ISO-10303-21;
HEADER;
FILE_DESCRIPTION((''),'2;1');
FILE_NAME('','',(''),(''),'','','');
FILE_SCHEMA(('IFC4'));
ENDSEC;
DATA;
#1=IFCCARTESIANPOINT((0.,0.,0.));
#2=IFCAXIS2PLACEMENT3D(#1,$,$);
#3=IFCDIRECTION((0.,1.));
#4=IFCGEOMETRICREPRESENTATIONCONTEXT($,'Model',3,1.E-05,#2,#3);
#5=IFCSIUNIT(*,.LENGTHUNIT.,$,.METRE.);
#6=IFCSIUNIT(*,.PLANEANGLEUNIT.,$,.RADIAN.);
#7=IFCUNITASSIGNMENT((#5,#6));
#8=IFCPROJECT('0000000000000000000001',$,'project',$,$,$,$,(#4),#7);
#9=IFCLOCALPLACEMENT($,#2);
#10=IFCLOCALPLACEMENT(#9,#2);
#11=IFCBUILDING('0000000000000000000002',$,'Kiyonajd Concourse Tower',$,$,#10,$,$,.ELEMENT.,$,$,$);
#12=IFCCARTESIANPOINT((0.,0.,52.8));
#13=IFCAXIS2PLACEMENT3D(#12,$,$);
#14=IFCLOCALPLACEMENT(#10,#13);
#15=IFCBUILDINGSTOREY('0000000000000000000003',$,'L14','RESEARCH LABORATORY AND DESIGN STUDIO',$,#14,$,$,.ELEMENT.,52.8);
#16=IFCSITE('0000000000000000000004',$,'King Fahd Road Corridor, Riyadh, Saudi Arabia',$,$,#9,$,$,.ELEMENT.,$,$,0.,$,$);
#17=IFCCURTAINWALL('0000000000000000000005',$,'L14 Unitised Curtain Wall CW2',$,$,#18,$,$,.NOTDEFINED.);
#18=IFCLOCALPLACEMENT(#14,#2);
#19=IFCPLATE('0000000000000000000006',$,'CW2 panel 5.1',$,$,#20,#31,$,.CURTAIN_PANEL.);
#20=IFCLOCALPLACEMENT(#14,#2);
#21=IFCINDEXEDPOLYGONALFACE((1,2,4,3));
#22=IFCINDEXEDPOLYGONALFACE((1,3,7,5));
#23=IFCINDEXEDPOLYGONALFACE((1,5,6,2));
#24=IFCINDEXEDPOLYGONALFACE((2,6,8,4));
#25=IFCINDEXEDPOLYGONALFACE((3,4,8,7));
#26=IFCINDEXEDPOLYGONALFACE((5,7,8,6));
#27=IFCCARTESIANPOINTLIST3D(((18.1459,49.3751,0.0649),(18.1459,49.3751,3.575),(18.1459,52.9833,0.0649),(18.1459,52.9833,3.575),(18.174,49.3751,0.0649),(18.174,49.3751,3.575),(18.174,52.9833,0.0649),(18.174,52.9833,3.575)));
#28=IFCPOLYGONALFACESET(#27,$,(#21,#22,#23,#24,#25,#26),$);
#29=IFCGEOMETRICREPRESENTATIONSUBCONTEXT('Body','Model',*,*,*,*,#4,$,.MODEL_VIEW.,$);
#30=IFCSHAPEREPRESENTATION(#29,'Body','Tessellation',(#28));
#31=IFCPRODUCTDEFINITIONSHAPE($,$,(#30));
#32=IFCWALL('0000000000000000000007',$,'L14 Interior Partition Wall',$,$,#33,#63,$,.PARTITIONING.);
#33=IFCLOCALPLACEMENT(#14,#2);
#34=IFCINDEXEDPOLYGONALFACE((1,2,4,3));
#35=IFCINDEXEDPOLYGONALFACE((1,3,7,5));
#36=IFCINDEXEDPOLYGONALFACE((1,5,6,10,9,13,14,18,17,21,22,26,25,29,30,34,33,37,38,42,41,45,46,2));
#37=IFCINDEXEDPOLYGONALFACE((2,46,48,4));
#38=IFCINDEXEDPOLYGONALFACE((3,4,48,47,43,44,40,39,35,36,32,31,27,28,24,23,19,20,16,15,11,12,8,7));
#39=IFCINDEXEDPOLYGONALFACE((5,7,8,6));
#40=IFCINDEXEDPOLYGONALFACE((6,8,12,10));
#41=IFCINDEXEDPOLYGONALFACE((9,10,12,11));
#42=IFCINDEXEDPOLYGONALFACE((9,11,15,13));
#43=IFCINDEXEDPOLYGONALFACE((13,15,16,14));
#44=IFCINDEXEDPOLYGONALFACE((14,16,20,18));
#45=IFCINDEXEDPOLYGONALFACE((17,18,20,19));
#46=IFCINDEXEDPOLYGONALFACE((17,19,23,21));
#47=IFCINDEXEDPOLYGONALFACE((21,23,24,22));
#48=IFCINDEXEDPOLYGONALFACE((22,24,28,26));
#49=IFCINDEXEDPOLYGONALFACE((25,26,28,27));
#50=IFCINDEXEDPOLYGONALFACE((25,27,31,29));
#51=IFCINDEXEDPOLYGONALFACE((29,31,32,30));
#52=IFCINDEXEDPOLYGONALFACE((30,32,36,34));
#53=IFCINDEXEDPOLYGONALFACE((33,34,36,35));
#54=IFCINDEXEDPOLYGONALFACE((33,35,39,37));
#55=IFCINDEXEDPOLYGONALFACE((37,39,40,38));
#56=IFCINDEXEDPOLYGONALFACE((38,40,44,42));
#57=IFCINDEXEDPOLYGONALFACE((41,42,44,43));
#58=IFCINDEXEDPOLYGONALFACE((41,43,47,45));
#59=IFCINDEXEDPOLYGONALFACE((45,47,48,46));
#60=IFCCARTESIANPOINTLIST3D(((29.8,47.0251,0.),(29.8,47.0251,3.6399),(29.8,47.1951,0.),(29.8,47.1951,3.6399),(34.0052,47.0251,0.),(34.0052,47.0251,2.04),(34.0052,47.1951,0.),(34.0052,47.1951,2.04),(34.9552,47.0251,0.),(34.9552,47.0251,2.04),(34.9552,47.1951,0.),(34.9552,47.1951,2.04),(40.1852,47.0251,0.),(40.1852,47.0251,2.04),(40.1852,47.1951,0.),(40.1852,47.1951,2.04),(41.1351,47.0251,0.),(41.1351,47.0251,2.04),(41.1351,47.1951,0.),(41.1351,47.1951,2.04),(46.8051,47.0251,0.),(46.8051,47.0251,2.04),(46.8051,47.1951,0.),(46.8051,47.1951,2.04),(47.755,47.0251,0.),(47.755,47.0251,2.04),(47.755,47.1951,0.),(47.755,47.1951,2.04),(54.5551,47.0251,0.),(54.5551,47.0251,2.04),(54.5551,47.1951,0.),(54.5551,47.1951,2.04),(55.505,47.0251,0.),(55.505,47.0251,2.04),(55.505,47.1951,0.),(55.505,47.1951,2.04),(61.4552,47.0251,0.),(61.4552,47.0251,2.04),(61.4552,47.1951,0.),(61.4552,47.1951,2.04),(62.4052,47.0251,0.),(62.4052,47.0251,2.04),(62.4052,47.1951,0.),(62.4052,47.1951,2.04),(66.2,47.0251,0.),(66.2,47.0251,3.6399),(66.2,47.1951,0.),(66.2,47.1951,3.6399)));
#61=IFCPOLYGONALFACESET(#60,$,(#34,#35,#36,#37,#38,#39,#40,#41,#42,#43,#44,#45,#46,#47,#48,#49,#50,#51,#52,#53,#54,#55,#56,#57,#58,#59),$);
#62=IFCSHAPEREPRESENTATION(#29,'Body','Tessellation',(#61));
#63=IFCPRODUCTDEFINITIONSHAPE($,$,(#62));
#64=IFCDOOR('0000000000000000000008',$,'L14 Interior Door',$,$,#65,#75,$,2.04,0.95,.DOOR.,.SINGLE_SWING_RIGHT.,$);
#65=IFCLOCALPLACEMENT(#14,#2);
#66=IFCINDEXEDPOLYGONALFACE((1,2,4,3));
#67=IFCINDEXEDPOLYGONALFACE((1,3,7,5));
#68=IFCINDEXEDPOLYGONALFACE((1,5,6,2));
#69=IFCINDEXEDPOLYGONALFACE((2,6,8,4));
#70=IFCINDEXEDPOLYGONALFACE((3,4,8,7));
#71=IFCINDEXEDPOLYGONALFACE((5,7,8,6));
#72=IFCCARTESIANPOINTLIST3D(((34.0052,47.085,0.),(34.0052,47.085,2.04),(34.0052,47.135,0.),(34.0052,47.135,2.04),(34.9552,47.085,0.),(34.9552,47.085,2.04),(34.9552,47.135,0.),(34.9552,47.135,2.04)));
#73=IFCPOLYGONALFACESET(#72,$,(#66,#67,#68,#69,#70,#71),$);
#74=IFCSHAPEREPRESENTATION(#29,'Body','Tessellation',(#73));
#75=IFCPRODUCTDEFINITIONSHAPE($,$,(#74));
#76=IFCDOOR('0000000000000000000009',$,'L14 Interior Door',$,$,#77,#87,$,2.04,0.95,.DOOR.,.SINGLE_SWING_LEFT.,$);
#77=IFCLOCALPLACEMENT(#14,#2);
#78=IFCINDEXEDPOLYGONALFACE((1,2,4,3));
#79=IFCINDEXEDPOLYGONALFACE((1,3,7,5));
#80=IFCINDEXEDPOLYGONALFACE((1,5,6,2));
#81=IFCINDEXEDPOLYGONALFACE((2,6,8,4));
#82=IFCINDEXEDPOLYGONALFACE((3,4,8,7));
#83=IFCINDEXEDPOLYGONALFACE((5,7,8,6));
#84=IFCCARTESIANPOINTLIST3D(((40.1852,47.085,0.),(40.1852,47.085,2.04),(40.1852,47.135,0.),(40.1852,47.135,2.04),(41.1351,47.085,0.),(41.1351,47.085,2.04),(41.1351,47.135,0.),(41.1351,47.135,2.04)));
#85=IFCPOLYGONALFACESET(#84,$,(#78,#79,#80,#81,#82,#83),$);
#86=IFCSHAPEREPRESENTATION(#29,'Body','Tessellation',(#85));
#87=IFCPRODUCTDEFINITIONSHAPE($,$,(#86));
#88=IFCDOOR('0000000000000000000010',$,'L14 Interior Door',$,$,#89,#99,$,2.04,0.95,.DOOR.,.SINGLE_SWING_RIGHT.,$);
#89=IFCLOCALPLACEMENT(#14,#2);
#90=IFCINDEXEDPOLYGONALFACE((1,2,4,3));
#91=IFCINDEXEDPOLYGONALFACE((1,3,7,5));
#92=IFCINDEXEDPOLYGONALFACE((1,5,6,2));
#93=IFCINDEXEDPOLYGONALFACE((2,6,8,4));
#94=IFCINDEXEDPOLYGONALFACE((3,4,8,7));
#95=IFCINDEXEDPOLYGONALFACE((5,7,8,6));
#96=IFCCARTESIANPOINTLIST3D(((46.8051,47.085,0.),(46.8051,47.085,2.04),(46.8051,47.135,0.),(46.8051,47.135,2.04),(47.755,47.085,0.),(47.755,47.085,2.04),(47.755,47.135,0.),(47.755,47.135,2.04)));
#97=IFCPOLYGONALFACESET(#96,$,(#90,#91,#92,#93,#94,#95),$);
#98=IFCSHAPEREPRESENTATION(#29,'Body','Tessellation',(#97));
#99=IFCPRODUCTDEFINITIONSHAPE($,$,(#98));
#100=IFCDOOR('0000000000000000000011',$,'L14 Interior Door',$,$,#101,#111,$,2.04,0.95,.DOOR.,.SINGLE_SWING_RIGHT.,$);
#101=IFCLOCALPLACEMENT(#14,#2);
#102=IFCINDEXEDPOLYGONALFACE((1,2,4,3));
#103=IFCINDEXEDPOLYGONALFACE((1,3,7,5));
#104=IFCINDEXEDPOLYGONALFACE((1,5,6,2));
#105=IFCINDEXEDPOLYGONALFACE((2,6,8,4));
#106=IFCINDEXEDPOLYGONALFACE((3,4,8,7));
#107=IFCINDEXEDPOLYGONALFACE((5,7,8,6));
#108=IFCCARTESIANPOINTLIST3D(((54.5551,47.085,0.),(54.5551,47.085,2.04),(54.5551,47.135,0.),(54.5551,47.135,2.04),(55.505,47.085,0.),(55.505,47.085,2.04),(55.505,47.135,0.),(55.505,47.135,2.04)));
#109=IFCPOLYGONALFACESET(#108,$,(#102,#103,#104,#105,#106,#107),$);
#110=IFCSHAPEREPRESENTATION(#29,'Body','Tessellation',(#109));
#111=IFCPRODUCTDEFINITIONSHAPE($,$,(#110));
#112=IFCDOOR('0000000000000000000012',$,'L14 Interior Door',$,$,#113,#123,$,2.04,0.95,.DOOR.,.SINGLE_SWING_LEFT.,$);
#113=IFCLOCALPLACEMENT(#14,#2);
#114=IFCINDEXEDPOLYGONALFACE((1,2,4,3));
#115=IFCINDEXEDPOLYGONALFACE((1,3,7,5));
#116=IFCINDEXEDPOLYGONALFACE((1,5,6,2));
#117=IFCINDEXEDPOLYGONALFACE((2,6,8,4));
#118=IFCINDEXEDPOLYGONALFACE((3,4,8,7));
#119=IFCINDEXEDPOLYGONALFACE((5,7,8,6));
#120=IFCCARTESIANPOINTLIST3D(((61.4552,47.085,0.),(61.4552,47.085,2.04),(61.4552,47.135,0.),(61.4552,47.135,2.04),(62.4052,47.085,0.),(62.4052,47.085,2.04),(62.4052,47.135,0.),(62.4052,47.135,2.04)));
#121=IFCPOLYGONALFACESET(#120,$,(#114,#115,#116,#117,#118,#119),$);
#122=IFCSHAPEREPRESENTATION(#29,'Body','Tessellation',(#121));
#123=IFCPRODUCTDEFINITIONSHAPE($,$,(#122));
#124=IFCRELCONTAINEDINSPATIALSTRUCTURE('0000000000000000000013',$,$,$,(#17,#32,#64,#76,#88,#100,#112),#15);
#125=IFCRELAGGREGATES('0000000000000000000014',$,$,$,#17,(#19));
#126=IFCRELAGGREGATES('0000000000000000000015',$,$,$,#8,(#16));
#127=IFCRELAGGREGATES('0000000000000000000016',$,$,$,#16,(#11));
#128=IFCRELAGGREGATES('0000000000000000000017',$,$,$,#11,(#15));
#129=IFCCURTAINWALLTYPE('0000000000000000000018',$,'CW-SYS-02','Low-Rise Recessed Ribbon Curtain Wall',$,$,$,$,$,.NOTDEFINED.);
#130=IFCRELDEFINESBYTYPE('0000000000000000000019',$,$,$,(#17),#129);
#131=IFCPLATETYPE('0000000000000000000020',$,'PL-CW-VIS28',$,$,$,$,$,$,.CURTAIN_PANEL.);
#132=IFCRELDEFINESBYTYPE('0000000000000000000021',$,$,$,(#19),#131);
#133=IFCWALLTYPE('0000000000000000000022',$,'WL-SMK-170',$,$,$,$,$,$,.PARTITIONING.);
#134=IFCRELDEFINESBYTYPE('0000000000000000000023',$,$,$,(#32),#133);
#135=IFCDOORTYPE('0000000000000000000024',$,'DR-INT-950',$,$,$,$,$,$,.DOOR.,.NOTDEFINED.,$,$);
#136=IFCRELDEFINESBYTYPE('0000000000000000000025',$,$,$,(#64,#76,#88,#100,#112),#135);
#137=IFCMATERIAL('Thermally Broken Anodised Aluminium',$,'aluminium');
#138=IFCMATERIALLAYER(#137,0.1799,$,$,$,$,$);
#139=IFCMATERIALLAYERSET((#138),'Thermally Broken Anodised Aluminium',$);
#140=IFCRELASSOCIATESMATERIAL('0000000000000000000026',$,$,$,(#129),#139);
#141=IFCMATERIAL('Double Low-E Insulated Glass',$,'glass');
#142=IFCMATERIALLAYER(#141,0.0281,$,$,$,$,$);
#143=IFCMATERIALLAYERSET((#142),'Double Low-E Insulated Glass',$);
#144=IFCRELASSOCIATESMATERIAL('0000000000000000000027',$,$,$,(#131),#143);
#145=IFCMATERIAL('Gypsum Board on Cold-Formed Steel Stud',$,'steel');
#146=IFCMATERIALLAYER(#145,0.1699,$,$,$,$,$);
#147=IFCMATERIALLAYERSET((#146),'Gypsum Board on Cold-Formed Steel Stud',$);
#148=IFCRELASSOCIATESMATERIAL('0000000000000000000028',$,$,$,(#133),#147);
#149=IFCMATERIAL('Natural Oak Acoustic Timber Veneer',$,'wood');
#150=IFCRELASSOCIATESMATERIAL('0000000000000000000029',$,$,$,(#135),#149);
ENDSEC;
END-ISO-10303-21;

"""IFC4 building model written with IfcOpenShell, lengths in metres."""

from ifc_helpers import new_model, si_unit, direction, frame, frame_2d, origin, origin_2d, place, context, subcontext, project, spatial, rectangle, extrude, material, layer, layer_set, type_object, element, fill, aggregate, save


model = new_model("IFC4")

# Units and contexts
model_context = context("Model", 3, precision=1e-05, world=origin(), true_north=direction((0.0, 1.0)))
body_context = subcontext(model_context, "Body", "Model", "MODEL_VIEW")
ifc_project = project(units=[si_unit("LENGTHUNIT", "METRE"), si_unit("PLANEANGLEUNIT", "RADIAN")], contexts=[model_context])

# Site, building, storey
site_placement = place(None, origin())
site = spatial("IfcSite", under=ifc_project, at=site_placement, Name="King Fahd Road Corridor, Riyadh, Saudi Arabia", CompositionType="ELEMENT", RefElevation=0.0)
building_placement = place(site_placement, origin())
building = spatial("IfcBuilding", under=site, at=building_placement, Name="Kiyonajd Concourse Tower", CompositionType="ELEMENT")
storey_placement = place(building_placement, frame((0.0, 0.0, 52.8)))
storey = spatial("IfcBuildingStorey", under=building, at=storey_placement, Name="L14", Description="RESEARCH LABORATORY AND DESIGN STUDIO", CompositionType="ELEMENT", Elevation=52.8)

# Curtain wall, plate
ifc_material_1 = material(Name="Thermally Broken Anodised Aluminium", Category="aluminium")
ifc_layer_1 = layer(ifc_material_1, 0.1799)
ifc_layer_set_1 = layer_set([ifc_layer_1], Name="Thermally Broken Anodised Aluminium")
curtain_wall_type = type_object("IfcCurtainWallType", Name="CW-SYS-02", Description="Low-Rise Recessed Ribbon Curtain Wall", PredefinedType="NOTDEFINED", material=ifc_layer_set_1)
curtain_wall_placement = place(storey_placement, origin())
curtain_wall = element("IfcCurtainWall", 1, at=curtain_wall_placement, inside=storey, type_object=curtain_wall_type, Name="L14 Unitised Curtain Wall CW2", PredefinedType="NOTDEFINED")
ifc_material_2 = material(Name="Double Low-E Insulated Glass", Category="glass")
ifc_layer_2 = layer(ifc_material_2, 0.0281)
ifc_layer_set_2 = layer_set([ifc_layer_2], Name="Double Low-E Insulated Glass")
plate_type = type_object("IfcPlateType", Name="PL-CW-VIS28", PredefinedType="CURTAIN_PANEL", material=ifc_layer_set_2)
plate_1_placement = place(storey_placement, frame((18.1599, 51.1792, 0.0649), z_axis=(0.0, 0.0, 1.0), x_axis=(0.0, 1.0, 0.0)))
plate_1 = element("IfcPlate", 2, at=plate_1_placement, type_object=plate_type, Name="CW2 panel 5.1", PredefinedType="CURTAIN_PANEL", context=body_context, shape_type="SweptSolid", body=[
    extrude(rectangle(XDim=3.6082, YDim=0.0281, at=origin_2d()), origin(), (0.0, 0.0, 1.0), 3.51),
])
aggregate(curtain_wall, [plate_1])

# Wall, openings, doors
ifc_material_3 = material(Name="Gypsum Board on Cold-Formed Steel Stud", Category="steel")
ifc_layer_3 = layer(ifc_material_3, 0.1699)
ifc_layer_set_3 = layer_set([ifc_layer_3], Name="Gypsum Board on Cold-Formed Steel Stud")
wall_type = type_object("IfcWallType", Name="WL-SMK-170", PredefinedType="PARTITIONING", material=ifc_layer_set_3)
wall_placement = place(storey_placement, frame((29.8, 47.1101, 0.0), z_axis=(0.0, 0.0, 1.0), x_axis=(1.0, 0.0, 0.0)))
wall = element("IfcWall", 3, at=wall_placement, inside=storey, type_object=wall_type, Name="L14 Interior Partition Wall", PredefinedType="PARTITIONING", context=body_context, shape_type="SweptSolid", body=[
    extrude(rectangle(XDim=36.3999, YDim=0.1699, at=frame_2d((18.2, 0.0))), origin(), (0.0, 0.0, 1.0), 3.6399),
])
opening_1_placement = place(wall_placement, frame((4.2051, 0.0, 0.0)))
opening_1 = element("IfcOpeningElement", 4, at=opening_1_placement, cuts=wall, PredefinedType="OPENING", context=body_context, shape_type="SweptSolid", body=[
    extrude(rectangle(XDim=0.95, YDim=2.04, at=frame_2d((0.4751, 1.02))), frame((0.0, 0.095, 0.0), z_axis=(0.0, -1.0, 0.0), x_axis=(1.0, 0.0, 0.0)), (0.0, 0.0, 1.0), 0.1899),
])
opening_2_placement = place(wall_placement, frame((10.385, 0.0, 0.0)))
opening_2 = element("IfcOpeningElement", 5, at=opening_2_placement, cuts=wall, PredefinedType="OPENING", context=body_context, shape_type="SweptSolid", body=[
    extrude(rectangle(XDim=0.95, YDim=2.04, at=frame_2d((0.4751, 1.02))), frame((0.0, 0.095, 0.0), z_axis=(0.0, -1.0, 0.0), x_axis=(1.0, 0.0, 0.0)), (0.0, 0.0, 1.0), 0.1899),
])
opening_3_placement = place(wall_placement, frame((17.0049, 0.0, 0.0)))
opening_3 = element("IfcOpeningElement", 6, at=opening_3_placement, cuts=wall, PredefinedType="OPENING", context=body_context, shape_type="SweptSolid", body=[
    extrude(rectangle(XDim=0.95, YDim=2.04, at=frame_2d((0.4751, 1.02))), frame((0.0, 0.095, 0.0), z_axis=(0.0, -1.0, 0.0), x_axis=(1.0, 0.0, 0.0)), (0.0, 0.0, 1.0), 0.1899),
])
opening_4_placement = place(wall_placement, frame((24.7549, 0.0, 0.0)))
opening_4 = element("IfcOpeningElement", 7, at=opening_4_placement, cuts=wall, PredefinedType="OPENING", context=body_context, shape_type="SweptSolid", body=[
    extrude(rectangle(XDim=0.95, YDim=2.04, at=frame_2d((0.4751, 1.02))), frame((0.0, 0.095, 0.0), z_axis=(0.0, -1.0, 0.0), x_axis=(1.0, 0.0, 0.0)), (0.0, 0.0, 1.0), 0.1899),
])
opening_5_placement = place(wall_placement, frame((31.655, 0.0, 0.0)))
opening_5 = element("IfcOpeningElement", 8, at=opening_5_placement, cuts=wall, PredefinedType="OPENING", context=body_context, shape_type="SweptSolid", body=[
    extrude(rectangle(XDim=0.95, YDim=2.04, at=frame_2d((0.4751, 1.02))), frame((0.0, 0.095, 0.0), z_axis=(0.0, -1.0, 0.0), x_axis=(1.0, 0.0, 0.0)), (0.0, 0.0, 1.0), 0.1899),
])
ifc_material_4 = material(Name="Natural Oak Acoustic Timber Veneer", Category="wood")
door_type = type_object("IfcDoorType", Name="DR-INT-950", OperationType="NOTDEFINED", PredefinedType="DOOR", material=ifc_material_4)
door_1_placement = place(opening_1_placement, origin())
door_1 = element("IfcDoor", 9, at=door_1_placement, inside=storey, type_object=door_type, Name="L14 Interior Door", OperationType="SINGLE_SWING_RIGHT", OverallHeight=2.04, OverallWidth=0.95, PredefinedType="DOOR", context=body_context, shape_type="SweptSolid", body=[
    extrude(rectangle(XDim=0.95, YDim=2.04, at=frame_2d((0.4751, 1.02))), frame((0.0, 0.0249, 0.0), z_axis=(0.0, -1.0, 0.0), x_axis=(1.0, 0.0, 0.0)), (0.0, 0.0, 1.0), 0.05),
])
fill(opening_1, door_1)
door_2_placement = place(opening_2_placement, origin())
door_2 = element("IfcDoor", 10, at=door_2_placement, inside=storey, type_object=door_type, Name="L14 Interior Door", OperationType="SINGLE_SWING_LEFT", OverallHeight=2.04, OverallWidth=0.95, PredefinedType="DOOR", context=body_context, shape_type="SweptSolid", body=[
    extrude(rectangle(XDim=0.95, YDim=2.04, at=frame_2d((0.4751, 1.02))), frame((0.0, 0.0249, 0.0), z_axis=(0.0, -1.0, 0.0), x_axis=(1.0, 0.0, 0.0)), (0.0, 0.0, 1.0), 0.05),
])
fill(opening_2, door_2)
door_3_placement = place(opening_3_placement, origin())
door_3 = element("IfcDoor", 11, at=door_3_placement, inside=storey, type_object=door_type, Name="L14 Interior Door", OperationType="SINGLE_SWING_RIGHT", OverallHeight=2.04, OverallWidth=0.95, PredefinedType="DOOR", context=body_context, shape_type="SweptSolid", body=[
    extrude(rectangle(XDim=0.95, YDim=2.04, at=frame_2d((0.4751, 1.02))), frame((0.0, 0.0249, 0.0), z_axis=(0.0, -1.0, 0.0), x_axis=(1.0, 0.0, 0.0)), (0.0, 0.0, 1.0), 0.05),
])
fill(opening_3, door_3)
door_4_placement = place(opening_4_placement, origin())
door_4 = element("IfcDoor", 12, at=door_4_placement, inside=storey, type_object=door_type, Name="L14 Interior Door", OperationType="SINGLE_SWING_RIGHT", OverallHeight=2.04, OverallWidth=0.95, PredefinedType="DOOR", context=body_context, shape_type="SweptSolid", body=[
    extrude(rectangle(XDim=0.95, YDim=2.04, at=frame_2d((0.4751, 1.02))), frame((0.0, 0.0249, 0.0), z_axis=(0.0, -1.0, 0.0), x_axis=(1.0, 0.0, 0.0)), (0.0, 0.0, 1.0), 0.05),
])
fill(opening_4, door_4)
door_5_placement = place(opening_5_placement, origin())
door_5 = element("IfcDoor", 13, at=door_5_placement, inside=storey, type_object=door_type, Name="L14 Interior Door", OperationType="SINGLE_SWING_LEFT", OverallHeight=2.04, OverallWidth=0.95, PredefinedType="DOOR", context=body_context, shape_type="SweptSolid", body=[
    extrude(rectangle(XDim=0.95, YDim=2.04, at=frame_2d((0.4751, 1.02))), frame((0.0, 0.0249, 0.0), z_axis=(0.0, -1.0, 0.0), x_axis=(1.0, 0.0, 0.0)), (0.0, 0.0, 1.0), 0.05),
])
fill(opening_5, door_5)

save(model, "model.ifc")
